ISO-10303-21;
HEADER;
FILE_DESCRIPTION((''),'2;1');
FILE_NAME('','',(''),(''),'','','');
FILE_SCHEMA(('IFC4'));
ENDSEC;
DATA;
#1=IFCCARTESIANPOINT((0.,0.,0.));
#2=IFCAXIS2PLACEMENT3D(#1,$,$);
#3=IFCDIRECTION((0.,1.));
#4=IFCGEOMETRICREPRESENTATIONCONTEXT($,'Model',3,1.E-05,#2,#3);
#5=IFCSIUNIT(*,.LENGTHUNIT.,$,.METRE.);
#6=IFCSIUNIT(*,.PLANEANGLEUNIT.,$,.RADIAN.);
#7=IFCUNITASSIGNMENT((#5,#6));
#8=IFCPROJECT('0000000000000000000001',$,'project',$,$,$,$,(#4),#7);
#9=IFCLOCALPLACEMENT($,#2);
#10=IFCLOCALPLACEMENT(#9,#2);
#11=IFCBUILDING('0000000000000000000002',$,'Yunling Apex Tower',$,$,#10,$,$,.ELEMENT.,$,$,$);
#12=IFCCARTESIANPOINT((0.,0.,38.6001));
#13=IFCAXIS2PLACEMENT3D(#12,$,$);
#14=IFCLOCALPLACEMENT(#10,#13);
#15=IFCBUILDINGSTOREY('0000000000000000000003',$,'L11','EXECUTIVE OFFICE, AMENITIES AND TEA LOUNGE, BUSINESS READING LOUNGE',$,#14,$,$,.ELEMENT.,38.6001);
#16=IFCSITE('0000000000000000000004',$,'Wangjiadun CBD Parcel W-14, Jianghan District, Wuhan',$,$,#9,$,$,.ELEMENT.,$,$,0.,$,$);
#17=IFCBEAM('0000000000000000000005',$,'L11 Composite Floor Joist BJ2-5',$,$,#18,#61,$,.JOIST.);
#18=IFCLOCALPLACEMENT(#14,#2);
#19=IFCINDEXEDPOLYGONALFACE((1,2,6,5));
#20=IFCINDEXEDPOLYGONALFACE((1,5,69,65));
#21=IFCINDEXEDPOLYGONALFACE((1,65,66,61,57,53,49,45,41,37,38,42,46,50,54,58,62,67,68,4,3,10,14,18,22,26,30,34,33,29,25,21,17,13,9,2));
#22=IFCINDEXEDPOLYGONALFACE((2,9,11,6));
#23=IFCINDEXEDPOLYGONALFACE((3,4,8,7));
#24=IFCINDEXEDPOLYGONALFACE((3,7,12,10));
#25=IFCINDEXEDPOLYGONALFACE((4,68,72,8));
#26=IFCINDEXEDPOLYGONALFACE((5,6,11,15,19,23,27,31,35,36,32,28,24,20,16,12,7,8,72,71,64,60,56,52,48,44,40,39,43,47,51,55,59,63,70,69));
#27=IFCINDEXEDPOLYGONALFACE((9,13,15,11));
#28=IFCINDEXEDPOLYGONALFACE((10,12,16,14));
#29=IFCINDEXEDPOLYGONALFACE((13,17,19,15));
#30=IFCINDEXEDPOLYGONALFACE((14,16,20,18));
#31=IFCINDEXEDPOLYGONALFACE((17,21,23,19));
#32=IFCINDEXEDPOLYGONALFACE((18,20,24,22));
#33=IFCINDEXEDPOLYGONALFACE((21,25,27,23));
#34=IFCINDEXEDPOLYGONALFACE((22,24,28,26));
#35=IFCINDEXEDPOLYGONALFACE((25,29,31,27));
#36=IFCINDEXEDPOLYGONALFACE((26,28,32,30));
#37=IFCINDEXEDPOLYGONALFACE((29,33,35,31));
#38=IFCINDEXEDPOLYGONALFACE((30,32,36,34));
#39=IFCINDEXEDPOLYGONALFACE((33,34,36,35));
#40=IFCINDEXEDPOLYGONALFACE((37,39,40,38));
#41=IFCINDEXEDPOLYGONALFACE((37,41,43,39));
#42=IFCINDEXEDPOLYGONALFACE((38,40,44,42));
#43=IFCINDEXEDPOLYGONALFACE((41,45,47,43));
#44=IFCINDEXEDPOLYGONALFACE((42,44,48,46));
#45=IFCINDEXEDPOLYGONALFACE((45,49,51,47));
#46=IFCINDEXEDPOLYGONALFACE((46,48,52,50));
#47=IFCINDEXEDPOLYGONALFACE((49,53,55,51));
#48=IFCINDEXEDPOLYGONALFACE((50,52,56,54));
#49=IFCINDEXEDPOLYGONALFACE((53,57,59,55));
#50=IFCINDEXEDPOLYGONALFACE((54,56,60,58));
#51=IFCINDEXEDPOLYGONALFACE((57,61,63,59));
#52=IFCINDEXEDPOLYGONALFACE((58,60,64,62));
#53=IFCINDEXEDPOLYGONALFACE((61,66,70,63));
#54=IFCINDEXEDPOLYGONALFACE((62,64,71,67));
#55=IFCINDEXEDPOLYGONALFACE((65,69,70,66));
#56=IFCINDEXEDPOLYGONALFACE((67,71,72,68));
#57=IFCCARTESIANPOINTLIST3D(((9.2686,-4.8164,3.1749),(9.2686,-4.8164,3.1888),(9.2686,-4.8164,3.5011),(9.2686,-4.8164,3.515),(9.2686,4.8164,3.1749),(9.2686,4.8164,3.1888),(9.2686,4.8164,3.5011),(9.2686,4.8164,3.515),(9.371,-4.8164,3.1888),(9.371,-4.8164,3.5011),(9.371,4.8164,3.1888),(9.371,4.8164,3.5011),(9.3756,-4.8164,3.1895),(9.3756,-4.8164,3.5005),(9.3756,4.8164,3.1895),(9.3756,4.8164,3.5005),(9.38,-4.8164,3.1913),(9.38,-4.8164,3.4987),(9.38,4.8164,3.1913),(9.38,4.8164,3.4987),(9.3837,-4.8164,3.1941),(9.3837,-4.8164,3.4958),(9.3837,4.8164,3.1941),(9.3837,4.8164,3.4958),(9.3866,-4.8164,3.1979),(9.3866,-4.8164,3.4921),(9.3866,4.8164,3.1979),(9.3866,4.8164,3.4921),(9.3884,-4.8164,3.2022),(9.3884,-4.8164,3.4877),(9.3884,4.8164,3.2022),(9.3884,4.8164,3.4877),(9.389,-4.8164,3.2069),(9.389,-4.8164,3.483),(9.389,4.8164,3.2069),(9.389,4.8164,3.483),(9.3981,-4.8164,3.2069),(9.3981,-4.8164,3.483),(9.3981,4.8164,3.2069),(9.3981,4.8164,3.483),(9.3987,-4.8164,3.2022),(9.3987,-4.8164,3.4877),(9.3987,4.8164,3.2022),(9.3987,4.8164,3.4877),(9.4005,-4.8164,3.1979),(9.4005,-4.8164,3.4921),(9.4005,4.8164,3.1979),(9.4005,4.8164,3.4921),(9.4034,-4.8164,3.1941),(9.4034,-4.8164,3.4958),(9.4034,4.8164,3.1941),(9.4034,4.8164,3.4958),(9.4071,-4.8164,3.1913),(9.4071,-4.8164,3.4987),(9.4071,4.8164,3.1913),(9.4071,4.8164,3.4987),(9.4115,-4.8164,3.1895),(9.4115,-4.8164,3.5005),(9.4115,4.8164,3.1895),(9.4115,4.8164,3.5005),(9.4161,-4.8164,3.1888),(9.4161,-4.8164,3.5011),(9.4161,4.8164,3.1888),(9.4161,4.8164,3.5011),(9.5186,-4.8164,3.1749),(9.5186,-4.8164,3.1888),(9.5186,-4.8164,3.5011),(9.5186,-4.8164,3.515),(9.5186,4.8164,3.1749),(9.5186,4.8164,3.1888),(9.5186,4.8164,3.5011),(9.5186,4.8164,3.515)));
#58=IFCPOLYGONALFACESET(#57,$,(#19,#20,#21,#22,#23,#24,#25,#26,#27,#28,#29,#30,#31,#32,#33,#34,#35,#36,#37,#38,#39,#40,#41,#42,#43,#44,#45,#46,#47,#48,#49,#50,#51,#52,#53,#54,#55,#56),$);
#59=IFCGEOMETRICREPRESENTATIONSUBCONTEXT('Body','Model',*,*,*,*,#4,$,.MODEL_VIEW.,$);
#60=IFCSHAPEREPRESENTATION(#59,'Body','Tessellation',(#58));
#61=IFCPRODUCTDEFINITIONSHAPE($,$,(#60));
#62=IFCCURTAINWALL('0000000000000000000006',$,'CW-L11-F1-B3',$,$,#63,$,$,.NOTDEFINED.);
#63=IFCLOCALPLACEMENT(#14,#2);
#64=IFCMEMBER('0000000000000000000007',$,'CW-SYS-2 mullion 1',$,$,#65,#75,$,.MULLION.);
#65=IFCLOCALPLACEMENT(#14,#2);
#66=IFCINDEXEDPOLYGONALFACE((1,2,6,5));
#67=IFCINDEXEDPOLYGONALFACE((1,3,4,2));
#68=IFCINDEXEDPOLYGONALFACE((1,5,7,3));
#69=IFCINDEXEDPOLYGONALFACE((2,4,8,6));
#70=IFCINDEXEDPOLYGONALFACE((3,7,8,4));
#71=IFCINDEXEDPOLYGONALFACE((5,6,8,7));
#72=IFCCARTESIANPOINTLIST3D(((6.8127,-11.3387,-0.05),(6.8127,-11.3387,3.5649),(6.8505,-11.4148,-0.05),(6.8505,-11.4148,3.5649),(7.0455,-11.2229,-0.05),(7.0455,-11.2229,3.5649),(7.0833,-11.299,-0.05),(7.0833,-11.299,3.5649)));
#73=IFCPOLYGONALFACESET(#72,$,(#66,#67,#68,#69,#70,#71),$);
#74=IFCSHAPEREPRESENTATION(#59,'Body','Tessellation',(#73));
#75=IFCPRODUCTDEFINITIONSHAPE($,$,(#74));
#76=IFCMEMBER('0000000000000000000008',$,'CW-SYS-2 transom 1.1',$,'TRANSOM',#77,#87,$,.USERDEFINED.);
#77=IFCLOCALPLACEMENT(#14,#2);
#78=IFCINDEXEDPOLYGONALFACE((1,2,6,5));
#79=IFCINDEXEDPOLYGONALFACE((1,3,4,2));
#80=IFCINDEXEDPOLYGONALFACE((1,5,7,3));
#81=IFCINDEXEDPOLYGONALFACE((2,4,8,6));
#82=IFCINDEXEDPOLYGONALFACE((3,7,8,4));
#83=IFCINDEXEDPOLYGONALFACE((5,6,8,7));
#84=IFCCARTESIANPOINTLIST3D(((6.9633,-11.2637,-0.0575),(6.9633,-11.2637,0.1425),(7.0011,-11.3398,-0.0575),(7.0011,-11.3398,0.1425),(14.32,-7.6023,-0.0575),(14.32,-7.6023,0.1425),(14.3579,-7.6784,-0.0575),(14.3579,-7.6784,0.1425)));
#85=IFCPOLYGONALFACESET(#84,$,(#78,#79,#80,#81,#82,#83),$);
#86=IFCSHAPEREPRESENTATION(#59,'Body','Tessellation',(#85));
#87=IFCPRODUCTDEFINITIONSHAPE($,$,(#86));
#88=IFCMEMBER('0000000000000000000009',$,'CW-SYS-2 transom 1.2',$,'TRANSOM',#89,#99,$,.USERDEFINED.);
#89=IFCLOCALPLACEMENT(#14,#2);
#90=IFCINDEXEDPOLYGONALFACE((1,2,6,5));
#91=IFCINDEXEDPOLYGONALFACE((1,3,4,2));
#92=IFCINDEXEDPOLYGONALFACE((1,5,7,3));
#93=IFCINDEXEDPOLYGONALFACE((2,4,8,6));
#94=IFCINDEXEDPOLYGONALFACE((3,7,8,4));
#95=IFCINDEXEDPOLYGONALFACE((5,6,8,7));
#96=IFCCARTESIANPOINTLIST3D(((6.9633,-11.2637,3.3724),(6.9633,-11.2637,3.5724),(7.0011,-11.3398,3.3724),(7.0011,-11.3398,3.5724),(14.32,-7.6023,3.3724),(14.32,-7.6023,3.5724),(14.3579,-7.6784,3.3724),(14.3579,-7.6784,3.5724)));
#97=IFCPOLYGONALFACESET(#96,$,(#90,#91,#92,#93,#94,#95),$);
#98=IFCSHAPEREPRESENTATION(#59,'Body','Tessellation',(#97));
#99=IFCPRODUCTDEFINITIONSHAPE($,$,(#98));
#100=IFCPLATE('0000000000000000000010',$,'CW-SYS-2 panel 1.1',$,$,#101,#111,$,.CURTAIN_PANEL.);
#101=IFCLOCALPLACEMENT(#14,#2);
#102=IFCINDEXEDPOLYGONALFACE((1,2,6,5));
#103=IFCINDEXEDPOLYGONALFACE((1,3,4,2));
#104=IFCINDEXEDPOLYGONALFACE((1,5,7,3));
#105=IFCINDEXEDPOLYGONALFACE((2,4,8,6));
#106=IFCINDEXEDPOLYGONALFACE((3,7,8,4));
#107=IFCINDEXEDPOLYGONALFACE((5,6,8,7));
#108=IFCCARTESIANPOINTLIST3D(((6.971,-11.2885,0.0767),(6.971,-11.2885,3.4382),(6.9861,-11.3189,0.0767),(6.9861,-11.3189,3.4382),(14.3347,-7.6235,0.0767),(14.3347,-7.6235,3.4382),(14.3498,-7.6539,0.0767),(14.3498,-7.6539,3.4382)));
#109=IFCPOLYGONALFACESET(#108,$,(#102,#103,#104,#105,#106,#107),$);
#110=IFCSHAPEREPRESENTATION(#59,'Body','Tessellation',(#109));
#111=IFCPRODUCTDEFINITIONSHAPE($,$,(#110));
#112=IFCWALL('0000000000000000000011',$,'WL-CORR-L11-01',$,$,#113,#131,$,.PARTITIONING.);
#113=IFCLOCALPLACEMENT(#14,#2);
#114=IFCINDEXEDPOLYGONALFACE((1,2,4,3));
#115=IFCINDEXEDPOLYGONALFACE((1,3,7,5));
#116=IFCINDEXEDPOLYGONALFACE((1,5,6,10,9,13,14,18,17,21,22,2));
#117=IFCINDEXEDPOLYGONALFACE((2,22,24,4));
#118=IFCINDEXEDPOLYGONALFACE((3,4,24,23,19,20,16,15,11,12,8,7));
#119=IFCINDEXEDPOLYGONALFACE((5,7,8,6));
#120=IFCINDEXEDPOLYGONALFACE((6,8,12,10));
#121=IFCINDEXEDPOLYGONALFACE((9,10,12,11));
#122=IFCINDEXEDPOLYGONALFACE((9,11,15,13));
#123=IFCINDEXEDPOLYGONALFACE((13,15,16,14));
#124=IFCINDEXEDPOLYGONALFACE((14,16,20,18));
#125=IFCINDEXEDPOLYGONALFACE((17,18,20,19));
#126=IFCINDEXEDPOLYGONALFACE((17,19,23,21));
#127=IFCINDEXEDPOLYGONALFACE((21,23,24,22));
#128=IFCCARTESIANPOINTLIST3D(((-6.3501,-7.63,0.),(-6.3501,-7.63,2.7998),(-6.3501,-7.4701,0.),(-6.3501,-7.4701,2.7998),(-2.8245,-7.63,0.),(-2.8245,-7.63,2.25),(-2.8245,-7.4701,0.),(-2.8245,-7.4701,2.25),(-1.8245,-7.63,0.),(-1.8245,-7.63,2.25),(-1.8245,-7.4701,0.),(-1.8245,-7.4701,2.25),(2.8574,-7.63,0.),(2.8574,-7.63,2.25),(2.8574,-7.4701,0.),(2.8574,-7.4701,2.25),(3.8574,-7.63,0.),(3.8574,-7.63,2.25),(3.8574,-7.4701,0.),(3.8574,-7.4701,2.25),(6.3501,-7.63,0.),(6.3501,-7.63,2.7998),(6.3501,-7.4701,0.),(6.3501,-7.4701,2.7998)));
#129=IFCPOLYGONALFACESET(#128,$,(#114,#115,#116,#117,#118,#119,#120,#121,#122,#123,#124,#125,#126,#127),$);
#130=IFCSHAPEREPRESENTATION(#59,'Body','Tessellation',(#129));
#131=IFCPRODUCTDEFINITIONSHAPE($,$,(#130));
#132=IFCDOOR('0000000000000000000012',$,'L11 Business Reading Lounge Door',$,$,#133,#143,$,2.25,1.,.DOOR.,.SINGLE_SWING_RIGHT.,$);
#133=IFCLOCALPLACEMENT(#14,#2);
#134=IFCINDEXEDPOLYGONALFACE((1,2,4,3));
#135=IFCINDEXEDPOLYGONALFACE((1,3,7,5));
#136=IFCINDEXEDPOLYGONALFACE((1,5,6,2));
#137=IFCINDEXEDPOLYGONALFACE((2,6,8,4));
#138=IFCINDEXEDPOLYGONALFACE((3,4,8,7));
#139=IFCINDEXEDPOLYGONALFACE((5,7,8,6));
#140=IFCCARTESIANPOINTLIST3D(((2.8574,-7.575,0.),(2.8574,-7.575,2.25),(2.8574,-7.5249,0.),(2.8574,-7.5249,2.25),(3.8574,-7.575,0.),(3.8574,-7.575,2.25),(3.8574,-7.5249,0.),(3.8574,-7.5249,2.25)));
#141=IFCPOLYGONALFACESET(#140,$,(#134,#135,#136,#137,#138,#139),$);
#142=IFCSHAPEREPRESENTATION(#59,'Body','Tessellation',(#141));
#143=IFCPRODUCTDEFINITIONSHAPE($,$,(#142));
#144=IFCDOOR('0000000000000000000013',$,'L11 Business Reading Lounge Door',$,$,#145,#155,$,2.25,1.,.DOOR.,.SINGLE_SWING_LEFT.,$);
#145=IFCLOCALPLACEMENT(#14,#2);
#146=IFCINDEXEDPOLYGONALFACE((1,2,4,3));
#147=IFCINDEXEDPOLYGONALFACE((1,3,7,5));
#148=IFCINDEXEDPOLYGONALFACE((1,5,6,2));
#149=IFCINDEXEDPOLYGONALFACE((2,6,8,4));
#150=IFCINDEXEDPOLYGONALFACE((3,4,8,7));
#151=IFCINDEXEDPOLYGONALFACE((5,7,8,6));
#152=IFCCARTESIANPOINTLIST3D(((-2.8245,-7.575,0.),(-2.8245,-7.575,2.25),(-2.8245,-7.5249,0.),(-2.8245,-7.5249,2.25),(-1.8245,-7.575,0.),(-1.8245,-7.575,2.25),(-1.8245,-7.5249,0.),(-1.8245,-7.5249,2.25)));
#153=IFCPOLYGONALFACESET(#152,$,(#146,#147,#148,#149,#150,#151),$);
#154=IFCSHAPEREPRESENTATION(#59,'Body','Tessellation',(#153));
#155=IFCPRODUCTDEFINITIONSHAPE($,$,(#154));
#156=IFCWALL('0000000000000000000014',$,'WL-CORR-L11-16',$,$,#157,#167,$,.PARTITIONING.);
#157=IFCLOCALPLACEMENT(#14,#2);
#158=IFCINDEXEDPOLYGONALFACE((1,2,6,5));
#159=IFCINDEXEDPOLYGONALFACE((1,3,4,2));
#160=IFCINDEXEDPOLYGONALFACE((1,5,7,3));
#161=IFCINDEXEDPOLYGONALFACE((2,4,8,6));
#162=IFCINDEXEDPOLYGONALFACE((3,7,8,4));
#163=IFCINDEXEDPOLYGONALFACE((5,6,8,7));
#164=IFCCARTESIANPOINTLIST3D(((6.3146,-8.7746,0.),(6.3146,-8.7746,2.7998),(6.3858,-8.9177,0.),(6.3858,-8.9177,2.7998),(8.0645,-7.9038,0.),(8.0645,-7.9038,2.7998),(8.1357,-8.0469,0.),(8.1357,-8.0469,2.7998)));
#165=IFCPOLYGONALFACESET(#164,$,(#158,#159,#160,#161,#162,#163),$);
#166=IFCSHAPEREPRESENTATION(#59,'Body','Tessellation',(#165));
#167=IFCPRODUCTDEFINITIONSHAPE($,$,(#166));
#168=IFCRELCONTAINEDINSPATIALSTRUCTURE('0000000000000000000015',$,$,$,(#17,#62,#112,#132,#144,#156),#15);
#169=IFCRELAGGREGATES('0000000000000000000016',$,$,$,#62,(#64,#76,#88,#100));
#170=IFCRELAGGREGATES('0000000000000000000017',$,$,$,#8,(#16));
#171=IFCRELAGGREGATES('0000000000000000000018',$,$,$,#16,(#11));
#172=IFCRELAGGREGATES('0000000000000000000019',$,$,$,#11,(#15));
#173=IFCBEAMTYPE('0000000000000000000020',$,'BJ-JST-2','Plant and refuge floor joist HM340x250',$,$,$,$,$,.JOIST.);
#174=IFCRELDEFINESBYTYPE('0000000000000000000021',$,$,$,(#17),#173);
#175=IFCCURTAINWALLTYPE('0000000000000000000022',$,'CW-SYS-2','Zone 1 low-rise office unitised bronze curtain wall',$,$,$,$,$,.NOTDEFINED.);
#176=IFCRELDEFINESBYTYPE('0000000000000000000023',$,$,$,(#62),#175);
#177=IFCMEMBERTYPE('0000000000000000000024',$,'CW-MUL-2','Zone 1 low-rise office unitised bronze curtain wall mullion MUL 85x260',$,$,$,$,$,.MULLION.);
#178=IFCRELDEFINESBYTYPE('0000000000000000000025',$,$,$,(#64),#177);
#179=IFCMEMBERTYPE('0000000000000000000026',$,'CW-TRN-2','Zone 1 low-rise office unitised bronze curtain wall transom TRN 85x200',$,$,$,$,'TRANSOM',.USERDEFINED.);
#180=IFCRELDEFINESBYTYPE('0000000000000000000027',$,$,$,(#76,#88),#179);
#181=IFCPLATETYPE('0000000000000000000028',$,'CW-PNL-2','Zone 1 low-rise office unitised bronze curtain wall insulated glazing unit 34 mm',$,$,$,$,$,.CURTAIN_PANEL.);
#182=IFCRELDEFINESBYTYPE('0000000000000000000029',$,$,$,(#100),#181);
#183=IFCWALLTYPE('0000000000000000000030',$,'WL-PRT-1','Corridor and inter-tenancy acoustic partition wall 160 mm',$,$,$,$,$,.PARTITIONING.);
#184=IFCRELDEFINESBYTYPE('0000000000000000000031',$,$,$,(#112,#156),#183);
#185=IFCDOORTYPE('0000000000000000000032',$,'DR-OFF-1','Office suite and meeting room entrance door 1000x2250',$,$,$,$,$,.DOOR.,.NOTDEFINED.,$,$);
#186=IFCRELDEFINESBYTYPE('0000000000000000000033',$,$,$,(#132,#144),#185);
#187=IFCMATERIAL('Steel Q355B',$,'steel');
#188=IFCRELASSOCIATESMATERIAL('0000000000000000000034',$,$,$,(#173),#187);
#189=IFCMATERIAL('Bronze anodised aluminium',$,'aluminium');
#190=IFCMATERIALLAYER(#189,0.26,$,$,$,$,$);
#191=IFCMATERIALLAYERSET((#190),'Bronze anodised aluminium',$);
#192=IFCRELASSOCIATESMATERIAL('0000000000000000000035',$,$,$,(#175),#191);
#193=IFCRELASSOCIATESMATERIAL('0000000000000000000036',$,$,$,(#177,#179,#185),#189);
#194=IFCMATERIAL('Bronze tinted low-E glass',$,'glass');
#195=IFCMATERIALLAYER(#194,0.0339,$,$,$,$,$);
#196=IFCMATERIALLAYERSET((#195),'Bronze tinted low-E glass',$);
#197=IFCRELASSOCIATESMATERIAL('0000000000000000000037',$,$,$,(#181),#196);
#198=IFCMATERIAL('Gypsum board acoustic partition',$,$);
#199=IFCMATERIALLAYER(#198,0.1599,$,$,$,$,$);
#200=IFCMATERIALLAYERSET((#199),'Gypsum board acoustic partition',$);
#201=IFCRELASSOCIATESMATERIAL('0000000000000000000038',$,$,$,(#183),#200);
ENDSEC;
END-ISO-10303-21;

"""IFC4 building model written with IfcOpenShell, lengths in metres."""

from ifc_helpers import new_model, si_unit, direction, frame, frame_2d, origin, origin_2d, place, context, subcontext, project, spatial, rectangle, i_section, extrude, source, transform, mapped, material, layer, layer_set, material_profile, profile_set, type_object, element, fill, aggregate, save


model = new_model("IFC4")

# Units and contexts
model_context = context("Model", 3, precision=1e-05, world=origin(), true_north=direction((0.0, 1.0)))
body_context = subcontext(model_context, "Body", "Model", "MODEL_VIEW")
ifc_project = project(units=[si_unit("LENGTHUNIT", "METRE"), si_unit("PLANEANGLEUNIT", "RADIAN")], contexts=[model_context])

# Site, building, storey
site_placement = place(None, origin())
site = spatial("IfcSite", under=ifc_project, at=site_placement, Name="Wangjiadun CBD Parcel W-14, Jianghan District, Wuhan", CompositionType="ELEMENT", RefElevation=0.0)
building_placement = place(site_placement, origin())
building = spatial("IfcBuilding", under=site, at=building_placement, Name="Yunling Apex Tower", CompositionType="ELEMENT")
storey_placement = place(building_placement, frame((0.0, 0.0, 38.6001)))
storey = spatial("IfcBuildingStorey", under=building, at=storey_placement, Name="L11", Description="EXECUTIVE OFFICE, AMENITIES AND TEA LOUNGE, BUSINESS READING LOUNGE", CompositionType="ELEMENT", Elevation=38.6001)

# Beam
ifc_material_1 = material(Name="Steel Q355B", Category="steel")
ifc_material_profile_1 = material_profile(ifc_material_1, i_section(OverallWidth=0.25, OverallDepth=0.3401, WebThickness=0.009, FlangeThickness=0.0139, FilletRadius=0.0181, at=origin_2d()))
ifc_profile_set_1 = profile_set([ifc_material_profile_1], Name="Steel Q355B")
beam_type_1 = type_object("IfcBeamType", Name="BJ-JST-2", Description="Plant and refuge floor joist HM340x250", PredefinedType="JOIST", material=ifc_profile_set_1)
shared_shape_1 = source(origin(), body_context, "Body", "SweptSolid", [
    extrude(i_section(OverallWidth=0.25, OverallDepth=0.3401, WebThickness=0.009, FlangeThickness=0.0139, FilletRadius=0.0181, at=origin_2d()), origin(), (0.0, 0.0, 1.0), 9.6328),
])
beam_1_placement = place(storey_placement, frame((9.3936, -4.8164, 3.345), z_axis=(0.0, 1.0, 0.0), x_axis=(-1.0, 0.0, 0.0)))
element("IfcBeam", 1, at=beam_1_placement, inside=storey, type_object=beam_type_1, Name="L11 Composite Floor Joist BJ2-5", PredefinedType="JOIST", context=body_context, shape_type="MappedRepresentation", body=[
    mapped(shared_shape_1, transform((0.0, 0.0, 0.0), scale=1.0)),
])

# Curtain wall, members, plate
ifc_material_2 = material(Name="Bronze anodised aluminium", Category="aluminium")
ifc_layer_1 = layer(ifc_material_2, 0.26)
ifc_layer_set_1 = layer_set([ifc_layer_1], Name="Bronze anodised aluminium")
curtain_wall_type = type_object("IfcCurtainWallType", Name="CW-SYS-2", Description="Zone 1 low-rise office unitised bronze curtain wall", PredefinedType="NOTDEFINED", material=ifc_layer_set_1)
curtain_wall_placement = place(storey_placement, origin())
curtain_wall = element("IfcCurtainWall", 2, at=curtain_wall_placement, inside=storey, type_object=curtain_wall_type, Name="CW-L11-F1-B3", PredefinedType="NOTDEFINED")
ifc_material_profile_2 = material_profile(ifc_material_2, rectangle(XDim=0.085, YDim=0.26, at=origin_2d()))
ifc_profile_set_2 = profile_set([ifc_material_profile_2], Name="Bronze anodised aluminium")
member_type_1 = type_object("IfcMemberType", Name="CW-MUL-2", Description="Zone 1 low-rise office unitised bronze curtain wall mullion MUL 85x260", PredefinedType="MULLION", material=ifc_profile_set_2)
shared_shape_2 = source(origin(), body_context, "Body", "SweptSolid", [
    extrude(rectangle(XDim=0.085, YDim=0.26, at=origin_2d()), origin(), (0.0, 0.0, 1.0), 3.615),
])
member_1_placement = place(storey_placement, frame((6.948, -11.3188, -0.05), z_axis=(0.0, 0.0, 1.0), x_axis=(-0.445571, 0.895247, 0.0)))
member_1 = element("IfcMember", 3, at=member_1_placement, type_object=member_type_1, Name="CW-SYS-2 mullion 1", PredefinedType="MULLION", context=body_context, shape_type="MappedRepresentation", body=[
    mapped(shared_shape_2, transform((0.0, 0.0, 0.0), scale=1.0)),
])
ifc_material_profile_3 = material_profile(ifc_material_2, rectangle(XDim=0.085, YDim=0.2, at=origin_2d()))
ifc_profile_set_3 = profile_set([ifc_material_profile_3], Name="Bronze anodised aluminium")
member_type_2 = type_object("IfcMemberType", Name="CW-TRN-2", Description="Zone 1 low-rise office unitised bronze curtain wall transom TRN 85x200", ElementType="TRANSOM", PredefinedType="USERDEFINED", material=ifc_profile_set_3)
shared_shape_3 = source(origin(), body_context, "Body", "SweptSolid", [
    extrude(rectangle(XDim=0.085, YDim=0.2, at=origin_2d()), origin(), (0.0, 0.0, 1.0), 8.2175),
])
member_2_placement = place(storey_placement, frame((6.9822, -11.3018, 0.0425), z_axis=(0.895252, 0.445561, 0.0), x_axis=(-0.445561, 0.895252, 0.0)))
member_2 = element("IfcMember", 4, at=member_2_placement, type_object=member_type_2, Name="CW-SYS-2 transom 1.1", ObjectType="TRANSOM", PredefinedType="USERDEFINED", context=body_context, shape_type="MappedRepresentation", body=[
    mapped(shared_shape_3, transform((0.0, 0.0, 0.0), scale=1.0)),
])
member_3_placement = place(storey_placement, frame((6.9822, -11.3018, 3.4724), z_axis=(0.895252, 0.445561, 0.0), x_axis=(-0.445561, 0.895252, 0.0)))
member_3 = element("IfcMember", 5, at=member_3_placement, type_object=member_type_2, Name="CW-SYS-2 transom 1.2", ObjectType="TRANSOM", PredefinedType="USERDEFINED", context=body_context, shape_type="MappedRepresentation", body=[
    mapped(shared_shape_3, transform((0.0, 0.0, 0.0), scale=1.0)),
])
ifc_material_3 = material(Name="Bronze tinted low-E glass", Category="glass")
ifc_layer_2 = layer(ifc_material_3, 0.0339)
ifc_layer_set_2 = layer_set([ifc_layer_2], Name="Bronze tinted low-E glass")
plate_type = type_object("IfcPlateType", Name="CW-PNL-2", Description="Zone 1 low-rise office unitised bronze curtain wall insulated glazing unit 34 mm", PredefinedType="CURTAIN_PANEL", material=ifc_layer_set_2)
shared_shape_4 = source(origin(), body_context, "Body", "SweptSolid", [
    extrude(rectangle(XDim=8.2253, YDim=0.0339, at=origin_2d()), origin(), (0.0, 0.0, 1.0), 3.3616),
])
plate_placement = place(storey_placement, frame((10.6604, -9.4712, 0.0767), z_axis=(0.0, 0.0, 1.0), x_axis=(0.895247, 0.445571, 0.0)))
plate = element("IfcPlate", 6, at=plate_placement, type_object=plate_type, Name="CW-SYS-2 panel 1.1", PredefinedType="CURTAIN_PANEL", context=body_context, shape_type="MappedRepresentation", body=[
    mapped(shared_shape_4, transform((0.0, 0.0, 0.0), scale=1.0)),
])
aggregate(curtain_wall, [member_1, member_2, member_3, plate])

# Wall, openings, doors
ifc_material_4 = material(Name="Gypsum board acoustic partition")
ifc_layer_3 = layer(ifc_material_4, 0.1599)
ifc_layer_set_3 = layer_set([ifc_layer_3], Name="Gypsum board acoustic partition")
wall_type_1 = type_object("IfcWallType", Name="WL-PRT-1", Description="Corridor and inter-tenancy acoustic partition wall 160 mm", PredefinedType="PARTITIONING", material=ifc_layer_set_3)
wall_1_placement = place(storey_placement, frame((6.3501, -7.55, 0.0), z_axis=(0.0, 0.0, 1.0), x_axis=(-1.0, 0.0, 0.0)))
wall_1 = element("IfcWall", 7, at=wall_1_placement, inside=storey, type_object=wall_type_1, Name="WL-CORR-L11-01", PredefinedType="PARTITIONING", context=body_context, shape_type="SweptSolid", body=[
    extrude(rectangle(XDim=12.7002, YDim=0.1599, at=frame_2d((6.3501, 0.0))), origin(), (0.0, 0.0, 1.0), 2.7998),
])
opening_1_placement = place(wall_1_placement, frame((2.4927, 0.0, 0.0)))
opening_1 = element("IfcOpeningElement", 8, at=opening_1_placement, cuts=wall_1, PredefinedType="OPENING", context=body_context, shape_type="SweptSolid", body=[
    extrude(rectangle(XDim=1.0, YDim=2.25, at=frame_2d((0.5, 1.125))), frame((0.0, 0.0898, 0.0), z_axis=(0.0, -1.0, 0.0), x_axis=(1.0, 0.0, 0.0)), (0.0, 0.0, 1.0), 0.1799),
])
opening_2_placement = place(wall_1_placement, frame((8.1746, 0.0, 0.0)))
opening_2 = element("IfcOpeningElement", 9, at=opening_2_placement, cuts=wall_1, PredefinedType="OPENING", context=body_context, shape_type="SweptSolid", body=[
    extrude(rectangle(XDim=1.0, YDim=2.25, at=frame_2d((0.5, 1.125))), frame((0.0, 0.0898, 0.0), z_axis=(0.0, -1.0, 0.0), x_axis=(1.0, 0.0, 0.0)), (0.0, 0.0, 1.0), 0.1799),
])
door_type = type_object("IfcDoorType", Name="DR-OFF-1", Description="Office suite and meeting room entrance door 1000x2250", OperationType="NOTDEFINED", PredefinedType="DOOR", material=ifc_material_2)
door_1_placement = place(opening_1_placement, origin())
door_1 = element("IfcDoor", 10, at=door_1_placement, inside=storey, type_object=door_type, Name="L11 Business Reading Lounge Door", OperationType="SINGLE_SWING_RIGHT", OverallHeight=2.25, OverallWidth=1.0, PredefinedType="DOOR", context=body_context, shape_type="SweptSolid", body=[
    extrude(rectangle(XDim=1.0, YDim=2.25, at=frame_2d((0.5, 1.125))), frame((0.0, 0.0249, 0.0), z_axis=(0.0, -1.0, 0.0), x_axis=(1.0, 0.0, 0.0)), (0.0, 0.0, 1.0), 0.05),
])
fill(opening_1, door_1)
door_2_placement = place(opening_2_placement, origin())
door_2 = element("IfcDoor", 11, at=door_2_placement, inside=storey, type_object=door_type, Name="L11 Business Reading Lounge Door", OperationType="SINGLE_SWING_LEFT", OverallHeight=2.25, OverallWidth=1.0, PredefinedType="DOOR", context=body_context, shape_type="SweptSolid", body=[
    extrude(rectangle(XDim=1.0, YDim=2.25, at=frame_2d((0.5, 1.125))), frame((0.0, 0.0249, 0.0), z_axis=(0.0, -1.0, 0.0), x_axis=(1.0, 0.0, 0.0)), (0.0, 0.0, 1.0), 0.05),
])
fill(opening_2, door_2)

# Wall
wall_2_placement = place(storey_placement, frame((8.1001, -7.9753, 0.0), z_axis=(0.0, 0.0, 1.0), x_axis=(-0.895275, -0.445514, 0.0)))
element("IfcWall", 12, at=wall_2_placement, inside=storey, type_object=wall_type_1, Name="WL-CORR-L11-16", PredefinedType="PARTITIONING", context=body_context, shape_type="SweptSolid", body=[
    extrude(rectangle(XDim=1.9546, YDim=0.1599, at=frame_2d((0.9773, 0.0))), origin(), (0.0, 0.0, 1.0), 2.7998),
])

save(model, "model.ifc")
